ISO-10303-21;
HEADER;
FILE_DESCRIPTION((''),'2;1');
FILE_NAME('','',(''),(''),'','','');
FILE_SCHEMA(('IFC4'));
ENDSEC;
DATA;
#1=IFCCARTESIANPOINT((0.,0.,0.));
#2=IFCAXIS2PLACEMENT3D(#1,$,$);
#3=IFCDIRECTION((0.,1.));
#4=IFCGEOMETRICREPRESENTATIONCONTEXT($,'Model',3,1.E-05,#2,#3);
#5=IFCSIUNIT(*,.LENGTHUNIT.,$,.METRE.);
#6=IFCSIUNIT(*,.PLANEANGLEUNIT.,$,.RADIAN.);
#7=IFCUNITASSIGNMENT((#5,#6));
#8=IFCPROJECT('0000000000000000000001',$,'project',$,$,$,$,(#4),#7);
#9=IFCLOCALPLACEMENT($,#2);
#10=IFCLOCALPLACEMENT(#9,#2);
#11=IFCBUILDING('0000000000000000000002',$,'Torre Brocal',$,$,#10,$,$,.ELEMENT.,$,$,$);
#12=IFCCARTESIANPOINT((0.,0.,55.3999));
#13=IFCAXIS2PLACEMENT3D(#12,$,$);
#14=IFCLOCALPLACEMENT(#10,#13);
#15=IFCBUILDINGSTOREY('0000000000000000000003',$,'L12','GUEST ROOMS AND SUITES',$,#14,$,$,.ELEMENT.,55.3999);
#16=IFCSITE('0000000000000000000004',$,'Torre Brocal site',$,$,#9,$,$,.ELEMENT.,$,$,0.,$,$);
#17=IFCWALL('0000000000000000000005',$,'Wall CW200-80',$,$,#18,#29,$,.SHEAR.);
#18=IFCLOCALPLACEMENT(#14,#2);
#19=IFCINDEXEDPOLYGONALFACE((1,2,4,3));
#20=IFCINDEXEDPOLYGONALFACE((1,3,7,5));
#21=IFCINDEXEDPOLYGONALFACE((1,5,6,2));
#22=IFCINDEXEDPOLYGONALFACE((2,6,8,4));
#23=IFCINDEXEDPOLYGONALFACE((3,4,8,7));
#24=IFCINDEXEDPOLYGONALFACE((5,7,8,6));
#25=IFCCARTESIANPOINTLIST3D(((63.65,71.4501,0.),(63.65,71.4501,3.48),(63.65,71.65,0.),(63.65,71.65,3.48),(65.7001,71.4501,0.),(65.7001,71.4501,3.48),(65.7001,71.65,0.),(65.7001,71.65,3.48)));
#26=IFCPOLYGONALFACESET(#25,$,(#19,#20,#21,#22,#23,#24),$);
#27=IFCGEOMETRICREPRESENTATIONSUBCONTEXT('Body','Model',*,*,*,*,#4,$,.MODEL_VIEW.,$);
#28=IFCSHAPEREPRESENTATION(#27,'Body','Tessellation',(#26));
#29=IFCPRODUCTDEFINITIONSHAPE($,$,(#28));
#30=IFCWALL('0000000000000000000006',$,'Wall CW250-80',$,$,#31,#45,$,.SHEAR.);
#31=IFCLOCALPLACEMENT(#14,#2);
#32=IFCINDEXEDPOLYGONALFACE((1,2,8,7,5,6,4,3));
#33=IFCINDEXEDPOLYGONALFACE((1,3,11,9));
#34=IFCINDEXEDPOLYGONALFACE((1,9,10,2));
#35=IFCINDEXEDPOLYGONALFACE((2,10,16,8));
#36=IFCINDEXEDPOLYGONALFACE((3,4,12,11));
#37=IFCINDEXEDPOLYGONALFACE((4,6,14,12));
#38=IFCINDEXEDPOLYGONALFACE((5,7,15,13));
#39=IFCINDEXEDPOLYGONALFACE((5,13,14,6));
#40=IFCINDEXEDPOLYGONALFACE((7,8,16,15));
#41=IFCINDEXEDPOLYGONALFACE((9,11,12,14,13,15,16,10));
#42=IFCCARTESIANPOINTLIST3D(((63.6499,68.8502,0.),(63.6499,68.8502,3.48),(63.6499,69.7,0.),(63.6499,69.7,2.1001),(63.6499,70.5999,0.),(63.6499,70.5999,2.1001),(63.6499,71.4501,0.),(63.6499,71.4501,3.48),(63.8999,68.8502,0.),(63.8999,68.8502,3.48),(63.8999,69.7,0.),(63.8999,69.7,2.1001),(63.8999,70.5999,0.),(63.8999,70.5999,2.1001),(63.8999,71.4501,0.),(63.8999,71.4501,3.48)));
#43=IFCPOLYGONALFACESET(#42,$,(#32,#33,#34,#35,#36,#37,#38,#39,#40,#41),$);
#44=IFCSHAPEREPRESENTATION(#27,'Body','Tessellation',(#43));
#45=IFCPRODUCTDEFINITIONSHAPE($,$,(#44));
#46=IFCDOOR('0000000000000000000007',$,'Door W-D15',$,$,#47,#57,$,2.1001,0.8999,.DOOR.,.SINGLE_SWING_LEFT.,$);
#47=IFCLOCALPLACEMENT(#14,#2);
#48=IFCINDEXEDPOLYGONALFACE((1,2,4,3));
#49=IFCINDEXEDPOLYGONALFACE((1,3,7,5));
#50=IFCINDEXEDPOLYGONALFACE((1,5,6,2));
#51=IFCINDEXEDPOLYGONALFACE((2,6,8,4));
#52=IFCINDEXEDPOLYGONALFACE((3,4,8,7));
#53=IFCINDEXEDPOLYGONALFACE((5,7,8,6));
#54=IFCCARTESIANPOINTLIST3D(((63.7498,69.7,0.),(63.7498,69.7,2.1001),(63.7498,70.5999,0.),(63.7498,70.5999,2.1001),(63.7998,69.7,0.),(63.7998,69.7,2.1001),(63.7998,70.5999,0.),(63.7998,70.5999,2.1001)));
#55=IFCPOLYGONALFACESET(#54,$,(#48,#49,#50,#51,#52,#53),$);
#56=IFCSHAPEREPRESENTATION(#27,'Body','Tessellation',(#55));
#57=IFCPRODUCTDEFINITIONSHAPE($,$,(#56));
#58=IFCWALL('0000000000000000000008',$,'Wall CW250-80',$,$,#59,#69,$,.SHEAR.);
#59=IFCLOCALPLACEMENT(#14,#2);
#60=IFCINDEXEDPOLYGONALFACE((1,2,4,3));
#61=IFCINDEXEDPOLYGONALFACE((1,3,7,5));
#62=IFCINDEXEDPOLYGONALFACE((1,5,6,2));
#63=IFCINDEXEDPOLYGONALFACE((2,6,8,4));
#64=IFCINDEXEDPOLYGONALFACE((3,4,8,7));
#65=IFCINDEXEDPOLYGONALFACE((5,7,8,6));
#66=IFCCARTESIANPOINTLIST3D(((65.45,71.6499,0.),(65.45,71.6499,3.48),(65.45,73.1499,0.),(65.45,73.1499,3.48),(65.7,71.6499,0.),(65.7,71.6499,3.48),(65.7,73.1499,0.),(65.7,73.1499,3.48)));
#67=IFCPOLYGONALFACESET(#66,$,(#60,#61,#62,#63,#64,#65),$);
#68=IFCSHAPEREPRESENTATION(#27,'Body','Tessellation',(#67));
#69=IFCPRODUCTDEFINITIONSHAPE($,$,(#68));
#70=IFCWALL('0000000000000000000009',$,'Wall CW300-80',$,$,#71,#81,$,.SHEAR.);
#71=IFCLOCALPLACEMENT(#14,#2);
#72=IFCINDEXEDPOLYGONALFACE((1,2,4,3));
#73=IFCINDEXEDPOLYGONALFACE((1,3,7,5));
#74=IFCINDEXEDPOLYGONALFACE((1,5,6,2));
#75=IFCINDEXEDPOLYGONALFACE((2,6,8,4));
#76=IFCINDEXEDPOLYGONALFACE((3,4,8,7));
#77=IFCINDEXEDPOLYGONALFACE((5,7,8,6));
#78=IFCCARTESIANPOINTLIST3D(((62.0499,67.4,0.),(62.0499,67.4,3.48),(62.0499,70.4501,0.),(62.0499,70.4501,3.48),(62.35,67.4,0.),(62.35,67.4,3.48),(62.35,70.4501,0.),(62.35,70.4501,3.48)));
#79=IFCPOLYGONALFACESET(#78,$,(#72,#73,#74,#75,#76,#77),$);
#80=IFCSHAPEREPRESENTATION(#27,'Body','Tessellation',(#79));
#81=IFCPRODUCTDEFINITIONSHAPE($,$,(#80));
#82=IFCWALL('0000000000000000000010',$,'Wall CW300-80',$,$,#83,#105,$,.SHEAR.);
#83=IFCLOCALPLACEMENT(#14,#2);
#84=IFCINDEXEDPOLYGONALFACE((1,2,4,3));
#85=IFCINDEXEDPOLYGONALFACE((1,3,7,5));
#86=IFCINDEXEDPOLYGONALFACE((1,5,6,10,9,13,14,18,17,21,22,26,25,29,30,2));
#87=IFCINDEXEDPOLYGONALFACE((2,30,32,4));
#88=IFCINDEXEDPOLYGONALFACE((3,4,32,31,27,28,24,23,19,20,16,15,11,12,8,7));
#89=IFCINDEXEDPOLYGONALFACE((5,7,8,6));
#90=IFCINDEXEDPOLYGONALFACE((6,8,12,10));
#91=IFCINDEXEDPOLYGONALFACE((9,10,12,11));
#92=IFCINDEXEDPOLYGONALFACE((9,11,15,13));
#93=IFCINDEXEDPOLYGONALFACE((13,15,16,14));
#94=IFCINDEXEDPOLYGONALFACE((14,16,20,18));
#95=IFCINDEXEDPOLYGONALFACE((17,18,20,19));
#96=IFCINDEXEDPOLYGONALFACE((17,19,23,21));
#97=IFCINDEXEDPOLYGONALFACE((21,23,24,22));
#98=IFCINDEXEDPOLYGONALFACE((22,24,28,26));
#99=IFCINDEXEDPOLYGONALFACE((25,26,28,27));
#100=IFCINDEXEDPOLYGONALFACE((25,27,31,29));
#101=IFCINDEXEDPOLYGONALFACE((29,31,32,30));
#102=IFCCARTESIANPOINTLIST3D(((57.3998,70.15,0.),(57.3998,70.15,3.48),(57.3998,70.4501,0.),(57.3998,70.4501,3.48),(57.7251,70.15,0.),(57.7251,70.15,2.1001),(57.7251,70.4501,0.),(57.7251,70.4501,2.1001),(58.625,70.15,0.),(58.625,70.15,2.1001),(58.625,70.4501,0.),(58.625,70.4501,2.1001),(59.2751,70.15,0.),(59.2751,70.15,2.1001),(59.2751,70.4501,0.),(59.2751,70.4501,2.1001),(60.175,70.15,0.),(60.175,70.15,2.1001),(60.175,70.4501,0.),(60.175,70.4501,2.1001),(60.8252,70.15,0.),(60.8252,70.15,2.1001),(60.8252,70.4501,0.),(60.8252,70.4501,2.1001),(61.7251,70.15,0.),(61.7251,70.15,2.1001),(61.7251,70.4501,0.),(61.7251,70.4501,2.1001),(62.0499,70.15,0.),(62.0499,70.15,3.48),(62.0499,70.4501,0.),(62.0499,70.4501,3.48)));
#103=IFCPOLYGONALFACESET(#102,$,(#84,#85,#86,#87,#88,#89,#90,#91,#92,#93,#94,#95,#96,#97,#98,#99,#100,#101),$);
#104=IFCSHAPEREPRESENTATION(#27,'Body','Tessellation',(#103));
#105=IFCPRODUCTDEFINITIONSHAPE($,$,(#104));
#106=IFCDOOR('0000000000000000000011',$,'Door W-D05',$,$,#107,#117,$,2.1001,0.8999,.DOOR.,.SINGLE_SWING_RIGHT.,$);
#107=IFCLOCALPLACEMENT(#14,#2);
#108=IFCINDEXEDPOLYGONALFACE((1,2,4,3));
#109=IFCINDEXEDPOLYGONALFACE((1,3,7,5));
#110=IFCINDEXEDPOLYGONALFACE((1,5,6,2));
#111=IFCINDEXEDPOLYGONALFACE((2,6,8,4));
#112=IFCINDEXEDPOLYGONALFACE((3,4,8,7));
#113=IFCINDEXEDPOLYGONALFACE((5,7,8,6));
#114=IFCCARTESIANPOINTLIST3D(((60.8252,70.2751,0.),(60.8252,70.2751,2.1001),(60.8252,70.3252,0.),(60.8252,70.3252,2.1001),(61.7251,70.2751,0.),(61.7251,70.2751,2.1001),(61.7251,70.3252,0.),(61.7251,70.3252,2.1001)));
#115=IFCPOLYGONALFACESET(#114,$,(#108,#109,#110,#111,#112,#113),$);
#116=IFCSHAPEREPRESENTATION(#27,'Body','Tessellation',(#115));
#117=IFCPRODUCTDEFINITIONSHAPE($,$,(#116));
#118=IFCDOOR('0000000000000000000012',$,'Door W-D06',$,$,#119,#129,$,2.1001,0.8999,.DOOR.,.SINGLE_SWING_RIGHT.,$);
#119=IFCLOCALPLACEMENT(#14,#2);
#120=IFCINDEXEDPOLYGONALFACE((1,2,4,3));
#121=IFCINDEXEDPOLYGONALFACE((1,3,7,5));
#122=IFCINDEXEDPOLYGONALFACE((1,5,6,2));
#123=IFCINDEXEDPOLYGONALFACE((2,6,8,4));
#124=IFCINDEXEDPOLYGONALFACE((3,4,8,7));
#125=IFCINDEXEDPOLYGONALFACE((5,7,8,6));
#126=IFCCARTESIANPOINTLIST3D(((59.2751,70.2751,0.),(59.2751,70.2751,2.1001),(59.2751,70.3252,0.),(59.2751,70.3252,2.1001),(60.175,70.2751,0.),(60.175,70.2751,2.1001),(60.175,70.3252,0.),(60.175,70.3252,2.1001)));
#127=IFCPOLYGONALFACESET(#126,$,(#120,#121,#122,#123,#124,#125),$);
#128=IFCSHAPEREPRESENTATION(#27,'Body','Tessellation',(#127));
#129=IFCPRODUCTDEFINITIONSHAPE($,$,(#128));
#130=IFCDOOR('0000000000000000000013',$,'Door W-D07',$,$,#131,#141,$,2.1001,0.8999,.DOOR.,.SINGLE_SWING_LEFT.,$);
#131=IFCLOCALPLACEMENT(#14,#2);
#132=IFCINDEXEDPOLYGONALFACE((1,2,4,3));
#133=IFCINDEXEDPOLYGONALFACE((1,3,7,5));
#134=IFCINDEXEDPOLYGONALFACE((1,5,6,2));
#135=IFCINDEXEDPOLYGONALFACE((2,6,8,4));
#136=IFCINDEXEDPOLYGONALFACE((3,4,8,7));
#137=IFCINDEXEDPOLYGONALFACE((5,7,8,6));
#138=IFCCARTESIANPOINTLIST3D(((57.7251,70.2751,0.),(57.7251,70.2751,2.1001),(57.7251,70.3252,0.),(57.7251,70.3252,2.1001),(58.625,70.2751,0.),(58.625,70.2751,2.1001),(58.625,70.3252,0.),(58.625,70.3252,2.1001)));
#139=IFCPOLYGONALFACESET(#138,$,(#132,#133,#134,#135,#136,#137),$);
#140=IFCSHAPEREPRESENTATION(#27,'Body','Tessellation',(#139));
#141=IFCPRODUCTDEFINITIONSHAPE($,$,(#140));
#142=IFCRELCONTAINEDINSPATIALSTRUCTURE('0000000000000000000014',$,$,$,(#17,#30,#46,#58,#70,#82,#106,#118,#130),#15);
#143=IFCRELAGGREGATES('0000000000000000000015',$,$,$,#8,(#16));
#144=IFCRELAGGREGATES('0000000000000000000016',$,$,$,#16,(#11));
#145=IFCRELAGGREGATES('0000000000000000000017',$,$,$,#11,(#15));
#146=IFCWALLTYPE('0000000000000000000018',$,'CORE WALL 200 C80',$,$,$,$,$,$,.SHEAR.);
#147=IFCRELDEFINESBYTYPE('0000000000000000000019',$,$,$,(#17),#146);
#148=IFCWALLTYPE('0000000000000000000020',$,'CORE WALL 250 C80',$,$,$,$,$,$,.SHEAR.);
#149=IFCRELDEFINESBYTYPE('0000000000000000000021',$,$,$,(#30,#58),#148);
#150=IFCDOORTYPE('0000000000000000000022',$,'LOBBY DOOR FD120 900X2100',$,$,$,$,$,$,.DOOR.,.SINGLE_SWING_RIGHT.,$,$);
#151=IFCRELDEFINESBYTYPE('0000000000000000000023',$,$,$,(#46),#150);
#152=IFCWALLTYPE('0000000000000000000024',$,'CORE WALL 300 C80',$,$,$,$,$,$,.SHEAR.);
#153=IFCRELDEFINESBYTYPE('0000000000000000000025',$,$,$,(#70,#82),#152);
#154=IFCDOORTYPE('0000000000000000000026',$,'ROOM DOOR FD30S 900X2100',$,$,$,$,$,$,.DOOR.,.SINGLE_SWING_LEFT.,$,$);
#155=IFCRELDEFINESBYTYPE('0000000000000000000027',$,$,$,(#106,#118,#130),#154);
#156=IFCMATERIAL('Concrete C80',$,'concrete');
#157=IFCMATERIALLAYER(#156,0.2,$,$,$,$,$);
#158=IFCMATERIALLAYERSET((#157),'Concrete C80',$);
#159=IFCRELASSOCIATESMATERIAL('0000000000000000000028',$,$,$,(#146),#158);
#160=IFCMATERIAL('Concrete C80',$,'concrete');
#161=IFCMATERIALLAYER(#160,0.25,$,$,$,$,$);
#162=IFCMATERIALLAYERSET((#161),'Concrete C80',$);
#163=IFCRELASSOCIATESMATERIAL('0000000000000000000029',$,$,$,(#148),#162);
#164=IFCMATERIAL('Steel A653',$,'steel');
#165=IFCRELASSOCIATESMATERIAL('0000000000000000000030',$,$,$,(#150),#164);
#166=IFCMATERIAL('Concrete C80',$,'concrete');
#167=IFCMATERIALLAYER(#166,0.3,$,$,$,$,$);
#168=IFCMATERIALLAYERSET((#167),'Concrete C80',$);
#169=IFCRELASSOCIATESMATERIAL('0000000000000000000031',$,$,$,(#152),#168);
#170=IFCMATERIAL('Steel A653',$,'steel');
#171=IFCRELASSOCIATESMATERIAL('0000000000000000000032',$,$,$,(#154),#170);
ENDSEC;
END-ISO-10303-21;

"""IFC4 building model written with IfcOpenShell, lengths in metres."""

from ifc_helpers import new_model, si_unit, direction, frame, frame_2d, origin, place, context, subcontext, project, spatial, rectangle, extrude, material, layer, layer_set, type_object, element, fill, save


model = new_model("IFC4")

# Units and contexts
model_context = context("Model", 3, precision=1e-05, world=origin(), true_north=direction((0.0, 1.0)))
body_context = subcontext(model_context, "Body", "Model", "MODEL_VIEW")
ifc_project = project(units=[si_unit("LENGTHUNIT", "METRE"), si_unit("PLANEANGLEUNIT", "RADIAN")], contexts=[model_context])

# Site, building, storey
site_placement = place(None, origin())
site = spatial("IfcSite", under=ifc_project, at=site_placement, Name="Torre Brocal site", CompositionType="ELEMENT", RefElevation=0.0)
building_placement = place(site_placement, origin())
building = spatial("IfcBuilding", under=site, at=building_placement, Name="Torre Brocal", CompositionType="ELEMENT")
storey_placement = place(building_placement, frame((0.0, 0.0, 55.3999)))
storey = spatial("IfcBuildingStorey", under=building, at=storey_placement, Name="L12", Description="GUEST ROOMS AND SUITES", CompositionType="ELEMENT", Elevation=55.3999)

# Wall
ifc_material_1 = material(Name="Concrete C80", Category="concrete")
ifc_layer_1 = layer(ifc_material_1, 0.2)
ifc_layer_set_1 = layer_set([ifc_layer_1], Name="Concrete C80")
wall_type_1 = type_object("IfcWallType", Name="CORE WALL 200 C80", PredefinedType="SHEAR", material=ifc_layer_set_1)
wall_1_placement = place(storey_placement, frame((65.7, 71.55, 0.0), z_axis=(0.0, 0.0, 1.0), x_axis=(-1.0, 0.0, 0.0)))
element("IfcWall", 1, at=wall_1_placement, inside=storey, type_object=wall_type_1, Name="Wall CW200-80", PredefinedType="SHEAR", context=body_context, shape_type="SweptSolid", body=[
    extrude(rectangle(XDim=2.05, YDim=0.2, at=frame_2d((1.0249, 0.0))), origin(), (0.0, 0.0, 1.0), 3.48),
])

# Wall, opening, door
ifc_material_2 = material(Name="Concrete C80", Category="concrete")
ifc_layer_2 = layer(ifc_material_2, 0.25)
ifc_layer_set_2 = layer_set([ifc_layer_2], Name="Concrete C80")
wall_type_2 = type_object("IfcWallType", Name="CORE WALL 250 C80", PredefinedType="SHEAR", material=ifc_layer_set_2)
wall_2_placement = place(storey_placement, frame((63.7749, 71.45, 0.0), z_axis=(0.0, 0.0, 1.0), x_axis=(0.0, -1.0, 0.0)))
wall_2 = element("IfcWall", 2, at=wall_2_placement, inside=storey, type_object=wall_type_2, Name="Wall CW250-80", PredefinedType="SHEAR", context=body_context, shape_type="SweptSolid", body=[
    extrude(rectangle(XDim=2.5999, YDim=0.25, at=frame_2d((1.2998, 0.0))), origin(), (0.0, 0.0, 1.0), 3.48),
])
opening_1_placement = place(wall_2_placement, frame((0.8501, 0.0, 0.0)))
opening_1 = element("IfcOpeningElement", 3, at=opening_1_placement, cuts=wall_2, PredefinedType="OPENING", context=body_context, shape_type="SweptSolid", body=[
    extrude(rectangle(XDim=0.8999, YDim=2.1001, at=frame_2d((0.45, 1.05))), frame((0.0, 0.135, 0.0), z_axis=(0.0, -1.0, 0.0), x_axis=(1.0, 0.0, 0.0)), (0.0, 0.0, 1.0), 0.27),
])
ifc_material_3 = material(Name="Steel A653", Category="steel")
door_type_1 = type_object("IfcDoorType", Name="LOBBY DOOR FD120 900X2100", OperationType="SINGLE_SWING_RIGHT", PredefinedType="DOOR", material=ifc_material_3)
door_1_placement = place(opening_1_placement, origin())
door_1 = element("IfcDoor", 4, at=door_1_placement, inside=storey, type_object=door_type_1, Name="Door W-D15", OperationType="SINGLE_SWING_LEFT", OverallHeight=2.1001, OverallWidth=0.8999, PredefinedType="DOOR", context=body_context, shape_type="SweptSolid", body=[
    extrude(rectangle(XDim=0.8999, YDim=2.1001, at=frame_2d((0.45, 1.05))), frame((0.0, 0.0249, 0.0), z_axis=(0.0, -1.0, 0.0), x_axis=(1.0, 0.0, 0.0)), (0.0, 0.0, 1.0), 0.05),
])
fill(opening_1, door_1)

# Walls
wall_3_placement = place(storey_placement, frame((65.575, 73.1499, 0.0), z_axis=(0.0, 0.0, 1.0), x_axis=(0.0, -1.0, 0.0)))
element("IfcWall", 5, at=wall_3_placement, inside=storey, type_object=wall_type_2, Name="Wall CW250-80", PredefinedType="SHEAR", context=body_context, shape_type="SweptSolid", body=[
    extrude(rectangle(XDim=1.5, YDim=0.25, at=frame_2d((0.75, 0.0))), origin(), (0.0, 0.0, 1.0), 3.48),
])
ifc_material_4 = material(Name="Concrete C80", Category="concrete")
ifc_layer_3 = layer(ifc_material_4, 0.3)
ifc_layer_set_3 = layer_set([ifc_layer_3], Name="Concrete C80")
wall_type_3 = type_object("IfcWallType", Name="CORE WALL 300 C80", PredefinedType="SHEAR", material=ifc_layer_set_3)
wall_4_placement = place(storey_placement, frame((62.2, 70.45, 0.0), z_axis=(0.0, 0.0, 1.0), x_axis=(0.0, -1.0, 0.0)))
element("IfcWall", 6, at=wall_4_placement, inside=storey, type_object=wall_type_3, Name="Wall CW300-80", PredefinedType="SHEAR", context=body_context, shape_type="SweptSolid", body=[
    extrude(rectangle(XDim=3.05, YDim=0.3, at=frame_2d((1.5249, 0.0))), origin(), (0.0, 0.0, 1.0), 3.48),
])

# Wall, openings, doors
wall_5_placement = place(storey_placement, frame((62.05, 70.3, 0.0), z_axis=(0.0, 0.0, 1.0), x_axis=(-1.0, 0.0, 0.0)))
wall_5 = element("IfcWall", 7, at=wall_5_placement, inside=storey, type_object=wall_type_3, Name="Wall CW300-80", PredefinedType="SHEAR", context=body_context, shape_type="SweptSolid", body=[
    extrude(rectangle(XDim=4.6501, YDim=0.3, at=frame_2d((2.3252, 0.0))), origin(), (0.0, 0.0, 1.0), 3.48),
])
opening_2_placement = place(wall_5_placement, frame((0.325, 0.0, 0.0)))
opening_2 = element("IfcOpeningElement", 8, at=opening_2_placement, cuts=wall_5, PredefinedType="OPENING", context=body_context, shape_type="SweptSolid", body=[
    extrude(rectangle(XDim=0.8999, YDim=2.1001, at=frame_2d((0.45, 1.05))), frame((0.0, 0.1599, 0.0), z_axis=(0.0, -1.0, 0.0), x_axis=(1.0, 0.0, 0.0)), (0.0, 0.0, 1.0), 0.3201),
])
opening_3_placement = place(wall_5_placement, frame((1.875, 0.0, 0.0)))
opening_3 = element("IfcOpeningElement", 9, at=opening_3_placement, cuts=wall_5, PredefinedType="OPENING", context=body_context, shape_type="SweptSolid", body=[
    extrude(rectangle(XDim=0.8999, YDim=2.1001, at=frame_2d((0.45, 1.05))), frame((0.0, 0.1599, 0.0), z_axis=(0.0, -1.0, 0.0), x_axis=(1.0, 0.0, 0.0)), (0.0, 0.0, 1.0), 0.3201),
])
opening_4_placement = place(wall_5_placement, frame((3.425, 0.0, 0.0)))
opening_4 = element("IfcOpeningElement", 10, at=opening_4_placement, cuts=wall_5, PredefinedType="OPENING", context=body_context, shape_type="SweptSolid", body=[
    extrude(rectangle(XDim=0.8999, YDim=2.1001, at=frame_2d((0.45, 1.05))), frame((0.0, 0.1599, 0.0), z_axis=(0.0, -1.0, 0.0), x_axis=(1.0, 0.0, 0.0)), (0.0, 0.0, 1.0), 0.3201),
])
ifc_material_5 = material(Name="Steel A653", Category="steel")
door_type_2 = type_object("IfcDoorType", Name="ROOM DOOR FD30S 900X2100", OperationType="SINGLE_SWING_LEFT", PredefinedType="DOOR", material=ifc_material_5)
door_2_placement = place(opening_2_placement, origin())
door_2 = element("IfcDoor", 11, at=door_2_placement, inside=storey, type_object=door_type_2, Name="Door W-D05", OperationType="SINGLE_SWING_RIGHT", OverallHeight=2.1001, OverallWidth=0.8999, PredefinedType="DOOR", context=body_context, shape_type="SweptSolid", body=[
    extrude(rectangle(XDim=0.8999, YDim=2.1001, at=frame_2d((0.45, 1.05))), frame((0.0, 0.0249, 0.0), z_axis=(0.0, -1.0, 0.0), x_axis=(1.0, 0.0, 0.0)), (0.0, 0.0, 1.0), 0.05),
])
fill(opening_2, door_2)
door_3_placement = place(opening_3_placement, origin())
door_3 = element("IfcDoor", 12, at=door_3_placement, inside=storey, type_object=door_type_2, Name="Door W-D06", OperationType="SINGLE_SWING_RIGHT", OverallHeight=2.1001, OverallWidth=0.8999, PredefinedType="DOOR", context=body_context, shape_type="SweptSolid", body=[
    extrude(rectangle(XDim=0.8999, YDim=2.1001, at=frame_2d((0.45, 1.05))), frame((0.0, 0.0249, 0.0), z_axis=(0.0, -1.0, 0.0), x_axis=(1.0, 0.0, 0.0)), (0.0, 0.0, 1.0), 0.05),
])
fill(opening_3, door_3)
door_4_placement = place(opening_4_placement, origin())
door_4 = element("IfcDoor", 13, at=door_4_placement, inside=storey, type_object=door_type_2, Name="Door W-D07", OperationType="SINGLE_SWING_LEFT", OverallHeight=2.1001, OverallWidth=0.8999, PredefinedType="DOOR", context=body_context, shape_type="SweptSolid", body=[
    extrude(rectangle(XDim=0.8999, YDim=2.1001, at=frame_2d((0.45, 1.05))), frame((0.0, 0.0249, 0.0), z_axis=(0.0, -1.0, 0.0), x_axis=(1.0, 0.0, 0.0)), (0.0, 0.0, 1.0), 0.05),
])
fill(opening_4, door_4)

save(model, "model.ifc")
